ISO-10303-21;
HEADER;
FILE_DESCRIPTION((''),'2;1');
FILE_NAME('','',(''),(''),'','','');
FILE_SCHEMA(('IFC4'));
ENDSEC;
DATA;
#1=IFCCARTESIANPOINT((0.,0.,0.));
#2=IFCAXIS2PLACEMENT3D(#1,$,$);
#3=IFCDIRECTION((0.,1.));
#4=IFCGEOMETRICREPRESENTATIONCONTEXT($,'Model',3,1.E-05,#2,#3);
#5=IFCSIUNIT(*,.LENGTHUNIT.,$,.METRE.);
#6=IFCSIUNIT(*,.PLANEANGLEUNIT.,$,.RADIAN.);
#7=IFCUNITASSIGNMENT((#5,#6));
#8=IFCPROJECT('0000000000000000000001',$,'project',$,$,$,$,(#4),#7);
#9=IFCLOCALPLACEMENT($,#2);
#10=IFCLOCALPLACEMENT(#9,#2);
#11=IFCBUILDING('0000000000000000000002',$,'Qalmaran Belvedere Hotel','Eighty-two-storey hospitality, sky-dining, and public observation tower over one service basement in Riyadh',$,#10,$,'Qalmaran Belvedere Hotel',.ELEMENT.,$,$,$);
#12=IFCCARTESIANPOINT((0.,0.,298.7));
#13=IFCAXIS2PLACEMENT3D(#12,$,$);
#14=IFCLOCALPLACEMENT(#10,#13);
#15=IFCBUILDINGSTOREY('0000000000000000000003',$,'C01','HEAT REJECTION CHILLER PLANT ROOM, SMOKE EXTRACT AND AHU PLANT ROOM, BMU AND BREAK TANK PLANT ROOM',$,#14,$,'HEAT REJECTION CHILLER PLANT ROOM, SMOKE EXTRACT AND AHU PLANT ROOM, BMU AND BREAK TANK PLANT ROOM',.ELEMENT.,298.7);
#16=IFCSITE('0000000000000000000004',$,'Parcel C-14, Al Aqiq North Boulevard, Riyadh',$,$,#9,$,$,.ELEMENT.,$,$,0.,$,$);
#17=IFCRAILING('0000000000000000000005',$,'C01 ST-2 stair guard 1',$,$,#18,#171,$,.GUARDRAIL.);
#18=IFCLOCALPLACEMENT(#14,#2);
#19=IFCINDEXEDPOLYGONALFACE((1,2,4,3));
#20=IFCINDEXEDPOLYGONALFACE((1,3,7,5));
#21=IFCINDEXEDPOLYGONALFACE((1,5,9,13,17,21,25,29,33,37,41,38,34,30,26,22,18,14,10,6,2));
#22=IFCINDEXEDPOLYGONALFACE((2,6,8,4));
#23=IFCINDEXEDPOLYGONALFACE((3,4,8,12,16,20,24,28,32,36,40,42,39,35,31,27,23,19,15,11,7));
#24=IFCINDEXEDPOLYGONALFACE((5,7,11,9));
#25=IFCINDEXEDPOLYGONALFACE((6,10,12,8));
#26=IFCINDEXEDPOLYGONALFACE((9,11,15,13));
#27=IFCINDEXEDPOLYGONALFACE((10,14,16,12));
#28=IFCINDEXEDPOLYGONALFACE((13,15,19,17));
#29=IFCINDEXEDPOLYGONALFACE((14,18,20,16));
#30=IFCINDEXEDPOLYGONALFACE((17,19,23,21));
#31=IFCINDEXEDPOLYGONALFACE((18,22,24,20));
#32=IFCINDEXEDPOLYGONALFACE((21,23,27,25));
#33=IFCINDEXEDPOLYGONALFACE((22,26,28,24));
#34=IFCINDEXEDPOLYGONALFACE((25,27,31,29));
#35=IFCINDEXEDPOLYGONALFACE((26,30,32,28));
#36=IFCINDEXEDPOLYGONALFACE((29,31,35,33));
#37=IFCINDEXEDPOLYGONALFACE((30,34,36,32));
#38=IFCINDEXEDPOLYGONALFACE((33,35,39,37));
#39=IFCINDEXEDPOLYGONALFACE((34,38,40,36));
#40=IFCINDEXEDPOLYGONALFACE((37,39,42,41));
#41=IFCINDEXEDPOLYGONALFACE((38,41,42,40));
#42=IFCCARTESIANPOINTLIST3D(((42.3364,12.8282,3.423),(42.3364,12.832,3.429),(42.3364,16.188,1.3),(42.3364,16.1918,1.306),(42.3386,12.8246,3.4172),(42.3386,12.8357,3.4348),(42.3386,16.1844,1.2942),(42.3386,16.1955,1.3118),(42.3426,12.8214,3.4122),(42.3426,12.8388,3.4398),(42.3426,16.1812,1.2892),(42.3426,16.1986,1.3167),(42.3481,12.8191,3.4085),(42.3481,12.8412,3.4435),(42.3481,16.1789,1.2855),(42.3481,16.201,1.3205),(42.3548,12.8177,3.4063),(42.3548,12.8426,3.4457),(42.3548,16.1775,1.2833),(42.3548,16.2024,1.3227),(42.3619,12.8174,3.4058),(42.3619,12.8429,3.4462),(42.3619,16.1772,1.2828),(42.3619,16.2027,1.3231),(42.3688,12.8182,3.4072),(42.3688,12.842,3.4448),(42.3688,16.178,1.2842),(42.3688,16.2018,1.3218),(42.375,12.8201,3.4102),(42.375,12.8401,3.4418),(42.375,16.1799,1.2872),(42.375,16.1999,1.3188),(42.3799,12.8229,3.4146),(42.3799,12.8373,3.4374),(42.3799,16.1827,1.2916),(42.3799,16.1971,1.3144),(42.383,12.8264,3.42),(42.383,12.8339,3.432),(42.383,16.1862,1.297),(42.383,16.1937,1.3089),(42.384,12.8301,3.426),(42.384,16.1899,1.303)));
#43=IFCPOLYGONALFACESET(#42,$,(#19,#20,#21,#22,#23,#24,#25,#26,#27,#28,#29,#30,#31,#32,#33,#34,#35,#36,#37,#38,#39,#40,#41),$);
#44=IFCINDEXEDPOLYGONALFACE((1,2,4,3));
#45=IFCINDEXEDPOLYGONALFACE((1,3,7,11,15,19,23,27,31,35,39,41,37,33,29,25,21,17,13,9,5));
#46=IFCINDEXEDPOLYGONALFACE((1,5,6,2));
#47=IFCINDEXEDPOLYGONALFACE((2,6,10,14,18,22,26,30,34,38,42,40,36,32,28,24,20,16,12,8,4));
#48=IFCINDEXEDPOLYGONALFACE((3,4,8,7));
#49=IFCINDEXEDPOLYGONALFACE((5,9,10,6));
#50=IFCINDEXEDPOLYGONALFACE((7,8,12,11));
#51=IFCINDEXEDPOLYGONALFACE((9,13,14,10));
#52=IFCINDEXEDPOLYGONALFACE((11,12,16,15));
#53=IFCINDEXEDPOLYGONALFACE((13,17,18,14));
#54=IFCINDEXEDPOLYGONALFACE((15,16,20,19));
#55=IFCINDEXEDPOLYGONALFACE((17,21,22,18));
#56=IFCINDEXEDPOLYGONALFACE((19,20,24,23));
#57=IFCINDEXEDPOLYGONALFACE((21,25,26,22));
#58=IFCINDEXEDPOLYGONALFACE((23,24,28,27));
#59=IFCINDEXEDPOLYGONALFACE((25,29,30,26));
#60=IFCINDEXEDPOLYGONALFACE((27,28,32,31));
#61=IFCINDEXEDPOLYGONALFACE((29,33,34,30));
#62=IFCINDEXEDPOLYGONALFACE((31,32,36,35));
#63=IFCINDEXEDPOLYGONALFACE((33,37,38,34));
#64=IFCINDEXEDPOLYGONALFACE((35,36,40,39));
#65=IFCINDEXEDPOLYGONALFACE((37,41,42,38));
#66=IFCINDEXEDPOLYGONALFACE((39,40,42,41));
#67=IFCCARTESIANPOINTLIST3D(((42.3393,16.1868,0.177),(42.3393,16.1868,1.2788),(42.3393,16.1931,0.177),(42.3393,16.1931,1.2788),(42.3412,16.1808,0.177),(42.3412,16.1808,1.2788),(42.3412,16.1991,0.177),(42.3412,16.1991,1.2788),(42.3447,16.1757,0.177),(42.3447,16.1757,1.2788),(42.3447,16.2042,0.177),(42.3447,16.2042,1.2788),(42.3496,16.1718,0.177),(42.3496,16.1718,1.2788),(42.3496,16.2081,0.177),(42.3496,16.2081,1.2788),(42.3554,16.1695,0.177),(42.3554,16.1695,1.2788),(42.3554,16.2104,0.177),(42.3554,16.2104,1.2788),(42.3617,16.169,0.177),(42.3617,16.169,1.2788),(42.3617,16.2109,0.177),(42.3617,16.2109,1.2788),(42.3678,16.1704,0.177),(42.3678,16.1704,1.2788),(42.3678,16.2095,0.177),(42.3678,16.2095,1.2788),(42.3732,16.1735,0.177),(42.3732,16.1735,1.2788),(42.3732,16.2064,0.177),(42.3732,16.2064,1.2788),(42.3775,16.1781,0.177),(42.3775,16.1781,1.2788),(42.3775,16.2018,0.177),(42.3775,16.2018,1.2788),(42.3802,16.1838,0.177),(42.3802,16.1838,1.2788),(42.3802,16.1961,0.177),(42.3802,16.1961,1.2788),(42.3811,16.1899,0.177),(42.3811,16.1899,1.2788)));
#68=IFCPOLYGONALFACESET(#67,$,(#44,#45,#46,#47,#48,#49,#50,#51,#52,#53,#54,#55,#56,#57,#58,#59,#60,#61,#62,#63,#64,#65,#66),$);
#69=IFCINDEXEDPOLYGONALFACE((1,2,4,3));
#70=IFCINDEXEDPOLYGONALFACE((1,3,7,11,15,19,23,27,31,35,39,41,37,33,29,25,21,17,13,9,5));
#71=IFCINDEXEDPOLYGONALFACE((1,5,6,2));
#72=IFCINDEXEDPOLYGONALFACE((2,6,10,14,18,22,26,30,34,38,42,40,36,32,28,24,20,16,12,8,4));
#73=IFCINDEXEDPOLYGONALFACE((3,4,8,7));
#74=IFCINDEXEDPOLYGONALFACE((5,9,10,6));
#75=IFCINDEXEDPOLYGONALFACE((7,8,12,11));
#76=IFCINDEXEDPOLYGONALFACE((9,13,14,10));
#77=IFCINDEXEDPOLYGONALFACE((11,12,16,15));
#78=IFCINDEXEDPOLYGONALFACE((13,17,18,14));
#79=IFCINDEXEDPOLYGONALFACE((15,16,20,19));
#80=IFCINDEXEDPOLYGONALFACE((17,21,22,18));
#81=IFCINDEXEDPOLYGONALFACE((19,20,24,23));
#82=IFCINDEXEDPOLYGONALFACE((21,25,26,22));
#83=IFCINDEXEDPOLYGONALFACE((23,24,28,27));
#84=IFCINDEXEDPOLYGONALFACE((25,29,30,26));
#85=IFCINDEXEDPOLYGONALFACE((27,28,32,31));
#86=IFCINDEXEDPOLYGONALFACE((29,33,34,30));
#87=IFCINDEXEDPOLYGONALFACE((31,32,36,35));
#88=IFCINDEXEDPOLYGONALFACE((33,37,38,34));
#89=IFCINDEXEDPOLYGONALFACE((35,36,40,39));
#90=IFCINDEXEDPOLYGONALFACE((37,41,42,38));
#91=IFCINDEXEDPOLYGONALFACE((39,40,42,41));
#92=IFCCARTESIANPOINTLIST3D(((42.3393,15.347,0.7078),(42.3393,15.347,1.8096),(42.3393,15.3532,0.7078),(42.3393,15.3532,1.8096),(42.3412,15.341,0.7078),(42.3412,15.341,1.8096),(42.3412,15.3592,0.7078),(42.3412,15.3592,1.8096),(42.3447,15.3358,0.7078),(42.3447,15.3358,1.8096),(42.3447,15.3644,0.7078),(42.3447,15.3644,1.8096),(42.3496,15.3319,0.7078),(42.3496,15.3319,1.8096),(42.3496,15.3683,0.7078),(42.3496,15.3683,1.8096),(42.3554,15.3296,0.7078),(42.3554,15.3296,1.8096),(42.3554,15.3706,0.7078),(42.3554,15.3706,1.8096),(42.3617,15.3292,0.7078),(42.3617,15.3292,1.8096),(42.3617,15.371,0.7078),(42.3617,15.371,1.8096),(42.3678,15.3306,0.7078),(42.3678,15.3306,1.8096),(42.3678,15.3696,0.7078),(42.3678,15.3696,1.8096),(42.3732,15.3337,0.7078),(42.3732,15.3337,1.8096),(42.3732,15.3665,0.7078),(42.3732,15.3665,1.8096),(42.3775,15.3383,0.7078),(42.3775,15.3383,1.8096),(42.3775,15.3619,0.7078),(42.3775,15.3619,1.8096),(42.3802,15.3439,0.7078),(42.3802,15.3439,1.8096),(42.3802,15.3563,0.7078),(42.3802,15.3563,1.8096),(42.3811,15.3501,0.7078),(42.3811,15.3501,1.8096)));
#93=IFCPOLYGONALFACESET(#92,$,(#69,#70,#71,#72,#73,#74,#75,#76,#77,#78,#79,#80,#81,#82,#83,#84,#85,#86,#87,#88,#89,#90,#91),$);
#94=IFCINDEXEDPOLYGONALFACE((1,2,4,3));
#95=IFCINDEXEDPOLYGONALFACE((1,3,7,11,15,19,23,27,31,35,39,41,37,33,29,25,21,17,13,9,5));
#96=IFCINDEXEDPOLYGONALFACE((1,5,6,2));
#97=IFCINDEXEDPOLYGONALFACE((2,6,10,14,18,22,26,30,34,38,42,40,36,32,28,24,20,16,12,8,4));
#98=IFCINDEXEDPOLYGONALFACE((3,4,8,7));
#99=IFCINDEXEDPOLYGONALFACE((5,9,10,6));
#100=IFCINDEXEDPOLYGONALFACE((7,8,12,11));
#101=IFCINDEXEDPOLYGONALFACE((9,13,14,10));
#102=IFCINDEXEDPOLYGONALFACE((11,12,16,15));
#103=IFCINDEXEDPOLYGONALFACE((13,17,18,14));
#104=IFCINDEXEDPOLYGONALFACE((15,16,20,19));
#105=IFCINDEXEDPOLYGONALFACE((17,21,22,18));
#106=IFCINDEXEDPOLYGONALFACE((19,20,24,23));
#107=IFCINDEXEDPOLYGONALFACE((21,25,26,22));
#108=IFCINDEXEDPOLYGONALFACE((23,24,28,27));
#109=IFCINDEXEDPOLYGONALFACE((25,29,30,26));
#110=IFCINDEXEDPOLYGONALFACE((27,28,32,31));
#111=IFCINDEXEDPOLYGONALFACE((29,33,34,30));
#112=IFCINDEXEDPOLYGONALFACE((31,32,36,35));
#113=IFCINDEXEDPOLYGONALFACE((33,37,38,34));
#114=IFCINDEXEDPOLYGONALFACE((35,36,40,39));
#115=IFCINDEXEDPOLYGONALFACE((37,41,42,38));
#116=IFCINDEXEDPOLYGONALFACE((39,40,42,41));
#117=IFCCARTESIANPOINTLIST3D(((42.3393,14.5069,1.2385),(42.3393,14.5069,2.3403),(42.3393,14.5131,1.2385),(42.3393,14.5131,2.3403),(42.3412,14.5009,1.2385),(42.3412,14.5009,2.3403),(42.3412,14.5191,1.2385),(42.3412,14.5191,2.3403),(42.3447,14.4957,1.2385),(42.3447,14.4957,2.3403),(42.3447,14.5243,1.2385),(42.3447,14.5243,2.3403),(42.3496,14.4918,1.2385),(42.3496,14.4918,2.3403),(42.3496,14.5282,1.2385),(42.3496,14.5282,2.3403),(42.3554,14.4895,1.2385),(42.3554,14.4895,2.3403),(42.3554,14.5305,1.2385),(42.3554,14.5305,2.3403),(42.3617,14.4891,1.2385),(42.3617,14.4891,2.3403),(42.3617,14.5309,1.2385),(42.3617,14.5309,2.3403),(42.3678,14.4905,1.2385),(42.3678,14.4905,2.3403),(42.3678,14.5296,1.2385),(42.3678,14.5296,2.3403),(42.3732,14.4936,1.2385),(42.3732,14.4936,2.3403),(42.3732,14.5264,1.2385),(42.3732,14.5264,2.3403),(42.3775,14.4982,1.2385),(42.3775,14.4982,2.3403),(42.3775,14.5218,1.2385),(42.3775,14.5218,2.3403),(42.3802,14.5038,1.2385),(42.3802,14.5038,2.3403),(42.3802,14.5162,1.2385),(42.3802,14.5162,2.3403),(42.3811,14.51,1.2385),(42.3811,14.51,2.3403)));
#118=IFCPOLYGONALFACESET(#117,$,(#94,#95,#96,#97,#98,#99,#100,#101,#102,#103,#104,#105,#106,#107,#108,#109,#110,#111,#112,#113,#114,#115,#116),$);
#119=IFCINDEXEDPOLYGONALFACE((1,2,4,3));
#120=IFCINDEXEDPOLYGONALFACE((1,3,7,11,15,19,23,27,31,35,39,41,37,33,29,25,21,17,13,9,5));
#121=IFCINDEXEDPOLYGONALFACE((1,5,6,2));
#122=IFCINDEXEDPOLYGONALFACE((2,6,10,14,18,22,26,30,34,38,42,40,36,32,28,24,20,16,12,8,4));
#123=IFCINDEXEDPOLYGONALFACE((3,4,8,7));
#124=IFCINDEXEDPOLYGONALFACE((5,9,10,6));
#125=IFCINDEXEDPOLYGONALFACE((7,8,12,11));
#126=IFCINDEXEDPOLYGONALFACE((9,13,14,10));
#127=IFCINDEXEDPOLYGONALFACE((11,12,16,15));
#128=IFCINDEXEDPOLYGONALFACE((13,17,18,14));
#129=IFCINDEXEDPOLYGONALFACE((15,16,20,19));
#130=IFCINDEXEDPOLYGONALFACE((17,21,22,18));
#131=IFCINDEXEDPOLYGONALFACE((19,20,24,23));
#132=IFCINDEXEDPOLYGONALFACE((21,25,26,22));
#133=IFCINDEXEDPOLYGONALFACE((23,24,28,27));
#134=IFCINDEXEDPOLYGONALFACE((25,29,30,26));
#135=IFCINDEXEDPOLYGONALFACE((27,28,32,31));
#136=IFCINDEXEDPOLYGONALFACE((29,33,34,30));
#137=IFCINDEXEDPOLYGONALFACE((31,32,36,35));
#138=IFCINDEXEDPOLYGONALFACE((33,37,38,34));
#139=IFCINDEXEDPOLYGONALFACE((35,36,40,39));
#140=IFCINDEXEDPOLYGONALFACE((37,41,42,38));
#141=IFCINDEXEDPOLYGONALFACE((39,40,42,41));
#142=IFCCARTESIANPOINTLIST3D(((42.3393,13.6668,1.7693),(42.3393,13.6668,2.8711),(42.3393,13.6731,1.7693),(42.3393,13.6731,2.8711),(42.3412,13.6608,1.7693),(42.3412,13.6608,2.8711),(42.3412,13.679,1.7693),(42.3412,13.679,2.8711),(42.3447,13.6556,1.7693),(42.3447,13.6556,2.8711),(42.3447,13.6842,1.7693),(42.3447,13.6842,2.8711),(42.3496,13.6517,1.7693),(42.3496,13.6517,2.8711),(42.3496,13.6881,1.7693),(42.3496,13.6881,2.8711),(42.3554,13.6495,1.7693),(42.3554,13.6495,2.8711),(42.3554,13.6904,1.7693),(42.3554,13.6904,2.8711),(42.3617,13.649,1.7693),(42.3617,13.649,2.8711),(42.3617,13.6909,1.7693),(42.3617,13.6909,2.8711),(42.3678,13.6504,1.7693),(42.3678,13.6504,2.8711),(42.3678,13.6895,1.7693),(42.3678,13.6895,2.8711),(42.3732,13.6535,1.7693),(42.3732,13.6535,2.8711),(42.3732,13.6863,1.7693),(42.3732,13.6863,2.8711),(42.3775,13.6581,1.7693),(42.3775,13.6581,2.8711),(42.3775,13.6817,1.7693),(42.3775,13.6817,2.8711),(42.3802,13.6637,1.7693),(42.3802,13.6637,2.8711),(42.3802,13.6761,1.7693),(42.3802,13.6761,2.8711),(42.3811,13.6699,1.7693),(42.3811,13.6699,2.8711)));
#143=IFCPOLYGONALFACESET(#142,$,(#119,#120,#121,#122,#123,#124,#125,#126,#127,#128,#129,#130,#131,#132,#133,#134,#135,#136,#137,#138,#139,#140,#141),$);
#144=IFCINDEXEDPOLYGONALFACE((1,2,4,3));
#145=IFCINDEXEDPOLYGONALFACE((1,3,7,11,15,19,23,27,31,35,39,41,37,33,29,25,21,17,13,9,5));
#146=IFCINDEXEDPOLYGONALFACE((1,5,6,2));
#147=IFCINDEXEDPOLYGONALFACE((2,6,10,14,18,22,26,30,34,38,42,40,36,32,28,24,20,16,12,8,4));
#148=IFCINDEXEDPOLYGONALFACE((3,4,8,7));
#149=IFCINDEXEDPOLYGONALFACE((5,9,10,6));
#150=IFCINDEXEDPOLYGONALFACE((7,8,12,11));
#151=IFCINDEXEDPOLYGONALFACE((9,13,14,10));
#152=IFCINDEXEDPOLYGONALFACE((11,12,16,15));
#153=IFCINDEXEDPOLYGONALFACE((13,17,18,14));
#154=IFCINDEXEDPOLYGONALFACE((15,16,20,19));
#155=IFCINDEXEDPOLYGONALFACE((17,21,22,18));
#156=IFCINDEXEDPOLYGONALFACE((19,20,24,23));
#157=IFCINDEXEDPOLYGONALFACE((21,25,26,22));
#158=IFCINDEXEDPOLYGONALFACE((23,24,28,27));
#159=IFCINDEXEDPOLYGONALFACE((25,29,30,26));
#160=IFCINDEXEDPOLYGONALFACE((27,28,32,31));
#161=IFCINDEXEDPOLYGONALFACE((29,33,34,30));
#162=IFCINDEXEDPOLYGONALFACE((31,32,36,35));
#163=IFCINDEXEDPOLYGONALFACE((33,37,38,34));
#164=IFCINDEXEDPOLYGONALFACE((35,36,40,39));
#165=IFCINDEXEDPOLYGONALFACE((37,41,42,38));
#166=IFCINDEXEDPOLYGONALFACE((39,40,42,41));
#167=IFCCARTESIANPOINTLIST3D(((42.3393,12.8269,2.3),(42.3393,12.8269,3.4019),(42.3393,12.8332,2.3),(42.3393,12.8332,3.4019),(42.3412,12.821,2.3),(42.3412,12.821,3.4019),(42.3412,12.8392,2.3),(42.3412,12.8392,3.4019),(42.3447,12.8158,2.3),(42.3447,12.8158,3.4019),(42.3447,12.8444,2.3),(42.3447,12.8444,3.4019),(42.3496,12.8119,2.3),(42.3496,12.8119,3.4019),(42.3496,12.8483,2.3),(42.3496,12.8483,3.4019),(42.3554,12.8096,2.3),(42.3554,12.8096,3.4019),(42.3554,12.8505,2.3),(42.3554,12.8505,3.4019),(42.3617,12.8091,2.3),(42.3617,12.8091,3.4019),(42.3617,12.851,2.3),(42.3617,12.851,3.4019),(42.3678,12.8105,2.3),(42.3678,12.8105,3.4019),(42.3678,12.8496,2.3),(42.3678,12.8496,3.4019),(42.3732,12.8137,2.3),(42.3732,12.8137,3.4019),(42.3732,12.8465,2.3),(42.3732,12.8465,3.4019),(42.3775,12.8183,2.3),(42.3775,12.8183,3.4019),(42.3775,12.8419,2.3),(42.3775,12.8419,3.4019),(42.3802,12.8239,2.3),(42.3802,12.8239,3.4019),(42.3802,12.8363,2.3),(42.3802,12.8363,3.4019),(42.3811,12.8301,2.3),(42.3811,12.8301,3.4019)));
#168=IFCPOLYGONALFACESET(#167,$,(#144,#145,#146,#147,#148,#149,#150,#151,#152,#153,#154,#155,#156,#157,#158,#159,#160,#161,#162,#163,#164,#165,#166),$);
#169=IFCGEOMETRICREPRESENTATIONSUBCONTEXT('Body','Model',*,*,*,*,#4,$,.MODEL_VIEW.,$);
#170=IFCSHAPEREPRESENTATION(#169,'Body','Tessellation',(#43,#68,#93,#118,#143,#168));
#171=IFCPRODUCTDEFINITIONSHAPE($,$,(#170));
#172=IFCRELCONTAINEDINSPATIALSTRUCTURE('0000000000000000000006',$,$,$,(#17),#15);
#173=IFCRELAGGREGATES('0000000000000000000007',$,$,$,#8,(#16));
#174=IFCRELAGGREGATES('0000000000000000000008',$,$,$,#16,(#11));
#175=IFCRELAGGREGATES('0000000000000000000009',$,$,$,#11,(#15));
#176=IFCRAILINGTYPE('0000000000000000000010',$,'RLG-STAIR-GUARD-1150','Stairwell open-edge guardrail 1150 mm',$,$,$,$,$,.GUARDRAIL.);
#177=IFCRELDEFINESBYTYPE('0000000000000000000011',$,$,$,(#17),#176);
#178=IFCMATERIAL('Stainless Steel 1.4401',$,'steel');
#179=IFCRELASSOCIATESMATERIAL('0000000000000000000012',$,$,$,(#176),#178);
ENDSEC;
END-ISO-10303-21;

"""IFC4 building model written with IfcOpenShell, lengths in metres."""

from ifc_helpers import new_model, si_unit, direction, frame, origin, origin_2d, place, context, subcontext, project, spatial, circle, extrude, material, type_object, element, save


model = new_model("IFC4")

# Units and contexts
model_context = context("Model", 3, precision=1e-05, world=origin(), true_north=direction((0.0, 1.0)))
body_context = subcontext(model_context, "Body", "Model", "MODEL_VIEW")
ifc_project = project(units=[si_unit("LENGTHUNIT", "METRE"), si_unit("PLANEANGLEUNIT", "RADIAN")], contexts=[model_context])

# Site, building, storey
site_placement = place(None, origin())
site = spatial("IfcSite", under=ifc_project, at=site_placement, Name="Parcel C-14, Al Aqiq North Boulevard, Riyadh", CompositionType="ELEMENT", RefElevation=0.0)
building_placement = place(site_placement, origin())
building = spatial("IfcBuilding", under=site, at=building_placement, Name="Qalmaran Belvedere Hotel", Description="Eighty-two-storey hospitality, sky-dining, and public observation tower over one service basement in Riyadh", LongName="Qalmaran Belvedere Hotel", CompositionType="ELEMENT")
storey_placement = place(building_placement, frame((0.0, 0.0, 298.7)))
storey = spatial("IfcBuildingStorey", under=building, at=storey_placement, Name="C01", Description="HEAT REJECTION CHILLER PLANT ROOM, SMOKE EXTRACT AND AHU PLANT ROOM, BMU AND BREAK TANK PLANT ROOM", LongName="HEAT REJECTION CHILLER PLANT ROOM, SMOKE EXTRACT AND AHU PLANT ROOM, BMU AND BREAK TANK PLANT ROOM", CompositionType="ELEMENT", Elevation=298.7)

# Shared definitions
ifc_material_1 = material(Name="Stainless Steel 1.4401", Category="steel")

# Railing
railing_type_1 = type_object("IfcRailingType", Name="RLG-STAIR-GUARD-1150", Description="Stairwell open-edge guardrail 1150 mm", PredefinedType="GUARDRAIL", material=ifc_material_1)
railing_1_placement = place(storey_placement, frame((42.3601, 16.1899, 0.177)))
element("IfcRailing", 1, at=railing_1_placement, inside=storey, type_object=railing_type_1, Name="C01 ST-2 stair guard 1", PredefinedType="GUARDRAIL", context=body_context, shape_type="SweptSolid", body=[
    extrude(circle(Radius=0.0239, at=origin_2d()), frame((0.0, 0.0, 1.126), z_axis=(0.0, -0.845372, 0.534178), x_axis=(1.0, 0.0, 0.0)), (0.0, 0.0, 1.0), 3.9744),
    extrude(circle(Radius=0.021, at=origin_2d()), origin(), (0.0, 0.0, 1.0), 1.1018),
    extrude(circle(Radius=0.021, at=origin_2d()), frame((0.0, -0.8398, 0.5308)), (0.0, 0.0, 1.0), 1.1018),
    extrude(circle(Radius=0.021, at=origin_2d()), frame((0.0, -1.6799, 1.0615)), (0.0, 0.0, 1.0), 1.1018),
    extrude(circle(Radius=0.021, at=origin_2d()), frame((0.0, -2.52, 1.5923)), (0.0, 0.0, 1.0), 1.1018),
    extrude(circle(Radius=0.021, at=origin_2d()), frame((0.0, -3.3599, 2.123)), (0.0, 0.0, 1.0), 1.1018),
])

save(model, "model.ifc")
